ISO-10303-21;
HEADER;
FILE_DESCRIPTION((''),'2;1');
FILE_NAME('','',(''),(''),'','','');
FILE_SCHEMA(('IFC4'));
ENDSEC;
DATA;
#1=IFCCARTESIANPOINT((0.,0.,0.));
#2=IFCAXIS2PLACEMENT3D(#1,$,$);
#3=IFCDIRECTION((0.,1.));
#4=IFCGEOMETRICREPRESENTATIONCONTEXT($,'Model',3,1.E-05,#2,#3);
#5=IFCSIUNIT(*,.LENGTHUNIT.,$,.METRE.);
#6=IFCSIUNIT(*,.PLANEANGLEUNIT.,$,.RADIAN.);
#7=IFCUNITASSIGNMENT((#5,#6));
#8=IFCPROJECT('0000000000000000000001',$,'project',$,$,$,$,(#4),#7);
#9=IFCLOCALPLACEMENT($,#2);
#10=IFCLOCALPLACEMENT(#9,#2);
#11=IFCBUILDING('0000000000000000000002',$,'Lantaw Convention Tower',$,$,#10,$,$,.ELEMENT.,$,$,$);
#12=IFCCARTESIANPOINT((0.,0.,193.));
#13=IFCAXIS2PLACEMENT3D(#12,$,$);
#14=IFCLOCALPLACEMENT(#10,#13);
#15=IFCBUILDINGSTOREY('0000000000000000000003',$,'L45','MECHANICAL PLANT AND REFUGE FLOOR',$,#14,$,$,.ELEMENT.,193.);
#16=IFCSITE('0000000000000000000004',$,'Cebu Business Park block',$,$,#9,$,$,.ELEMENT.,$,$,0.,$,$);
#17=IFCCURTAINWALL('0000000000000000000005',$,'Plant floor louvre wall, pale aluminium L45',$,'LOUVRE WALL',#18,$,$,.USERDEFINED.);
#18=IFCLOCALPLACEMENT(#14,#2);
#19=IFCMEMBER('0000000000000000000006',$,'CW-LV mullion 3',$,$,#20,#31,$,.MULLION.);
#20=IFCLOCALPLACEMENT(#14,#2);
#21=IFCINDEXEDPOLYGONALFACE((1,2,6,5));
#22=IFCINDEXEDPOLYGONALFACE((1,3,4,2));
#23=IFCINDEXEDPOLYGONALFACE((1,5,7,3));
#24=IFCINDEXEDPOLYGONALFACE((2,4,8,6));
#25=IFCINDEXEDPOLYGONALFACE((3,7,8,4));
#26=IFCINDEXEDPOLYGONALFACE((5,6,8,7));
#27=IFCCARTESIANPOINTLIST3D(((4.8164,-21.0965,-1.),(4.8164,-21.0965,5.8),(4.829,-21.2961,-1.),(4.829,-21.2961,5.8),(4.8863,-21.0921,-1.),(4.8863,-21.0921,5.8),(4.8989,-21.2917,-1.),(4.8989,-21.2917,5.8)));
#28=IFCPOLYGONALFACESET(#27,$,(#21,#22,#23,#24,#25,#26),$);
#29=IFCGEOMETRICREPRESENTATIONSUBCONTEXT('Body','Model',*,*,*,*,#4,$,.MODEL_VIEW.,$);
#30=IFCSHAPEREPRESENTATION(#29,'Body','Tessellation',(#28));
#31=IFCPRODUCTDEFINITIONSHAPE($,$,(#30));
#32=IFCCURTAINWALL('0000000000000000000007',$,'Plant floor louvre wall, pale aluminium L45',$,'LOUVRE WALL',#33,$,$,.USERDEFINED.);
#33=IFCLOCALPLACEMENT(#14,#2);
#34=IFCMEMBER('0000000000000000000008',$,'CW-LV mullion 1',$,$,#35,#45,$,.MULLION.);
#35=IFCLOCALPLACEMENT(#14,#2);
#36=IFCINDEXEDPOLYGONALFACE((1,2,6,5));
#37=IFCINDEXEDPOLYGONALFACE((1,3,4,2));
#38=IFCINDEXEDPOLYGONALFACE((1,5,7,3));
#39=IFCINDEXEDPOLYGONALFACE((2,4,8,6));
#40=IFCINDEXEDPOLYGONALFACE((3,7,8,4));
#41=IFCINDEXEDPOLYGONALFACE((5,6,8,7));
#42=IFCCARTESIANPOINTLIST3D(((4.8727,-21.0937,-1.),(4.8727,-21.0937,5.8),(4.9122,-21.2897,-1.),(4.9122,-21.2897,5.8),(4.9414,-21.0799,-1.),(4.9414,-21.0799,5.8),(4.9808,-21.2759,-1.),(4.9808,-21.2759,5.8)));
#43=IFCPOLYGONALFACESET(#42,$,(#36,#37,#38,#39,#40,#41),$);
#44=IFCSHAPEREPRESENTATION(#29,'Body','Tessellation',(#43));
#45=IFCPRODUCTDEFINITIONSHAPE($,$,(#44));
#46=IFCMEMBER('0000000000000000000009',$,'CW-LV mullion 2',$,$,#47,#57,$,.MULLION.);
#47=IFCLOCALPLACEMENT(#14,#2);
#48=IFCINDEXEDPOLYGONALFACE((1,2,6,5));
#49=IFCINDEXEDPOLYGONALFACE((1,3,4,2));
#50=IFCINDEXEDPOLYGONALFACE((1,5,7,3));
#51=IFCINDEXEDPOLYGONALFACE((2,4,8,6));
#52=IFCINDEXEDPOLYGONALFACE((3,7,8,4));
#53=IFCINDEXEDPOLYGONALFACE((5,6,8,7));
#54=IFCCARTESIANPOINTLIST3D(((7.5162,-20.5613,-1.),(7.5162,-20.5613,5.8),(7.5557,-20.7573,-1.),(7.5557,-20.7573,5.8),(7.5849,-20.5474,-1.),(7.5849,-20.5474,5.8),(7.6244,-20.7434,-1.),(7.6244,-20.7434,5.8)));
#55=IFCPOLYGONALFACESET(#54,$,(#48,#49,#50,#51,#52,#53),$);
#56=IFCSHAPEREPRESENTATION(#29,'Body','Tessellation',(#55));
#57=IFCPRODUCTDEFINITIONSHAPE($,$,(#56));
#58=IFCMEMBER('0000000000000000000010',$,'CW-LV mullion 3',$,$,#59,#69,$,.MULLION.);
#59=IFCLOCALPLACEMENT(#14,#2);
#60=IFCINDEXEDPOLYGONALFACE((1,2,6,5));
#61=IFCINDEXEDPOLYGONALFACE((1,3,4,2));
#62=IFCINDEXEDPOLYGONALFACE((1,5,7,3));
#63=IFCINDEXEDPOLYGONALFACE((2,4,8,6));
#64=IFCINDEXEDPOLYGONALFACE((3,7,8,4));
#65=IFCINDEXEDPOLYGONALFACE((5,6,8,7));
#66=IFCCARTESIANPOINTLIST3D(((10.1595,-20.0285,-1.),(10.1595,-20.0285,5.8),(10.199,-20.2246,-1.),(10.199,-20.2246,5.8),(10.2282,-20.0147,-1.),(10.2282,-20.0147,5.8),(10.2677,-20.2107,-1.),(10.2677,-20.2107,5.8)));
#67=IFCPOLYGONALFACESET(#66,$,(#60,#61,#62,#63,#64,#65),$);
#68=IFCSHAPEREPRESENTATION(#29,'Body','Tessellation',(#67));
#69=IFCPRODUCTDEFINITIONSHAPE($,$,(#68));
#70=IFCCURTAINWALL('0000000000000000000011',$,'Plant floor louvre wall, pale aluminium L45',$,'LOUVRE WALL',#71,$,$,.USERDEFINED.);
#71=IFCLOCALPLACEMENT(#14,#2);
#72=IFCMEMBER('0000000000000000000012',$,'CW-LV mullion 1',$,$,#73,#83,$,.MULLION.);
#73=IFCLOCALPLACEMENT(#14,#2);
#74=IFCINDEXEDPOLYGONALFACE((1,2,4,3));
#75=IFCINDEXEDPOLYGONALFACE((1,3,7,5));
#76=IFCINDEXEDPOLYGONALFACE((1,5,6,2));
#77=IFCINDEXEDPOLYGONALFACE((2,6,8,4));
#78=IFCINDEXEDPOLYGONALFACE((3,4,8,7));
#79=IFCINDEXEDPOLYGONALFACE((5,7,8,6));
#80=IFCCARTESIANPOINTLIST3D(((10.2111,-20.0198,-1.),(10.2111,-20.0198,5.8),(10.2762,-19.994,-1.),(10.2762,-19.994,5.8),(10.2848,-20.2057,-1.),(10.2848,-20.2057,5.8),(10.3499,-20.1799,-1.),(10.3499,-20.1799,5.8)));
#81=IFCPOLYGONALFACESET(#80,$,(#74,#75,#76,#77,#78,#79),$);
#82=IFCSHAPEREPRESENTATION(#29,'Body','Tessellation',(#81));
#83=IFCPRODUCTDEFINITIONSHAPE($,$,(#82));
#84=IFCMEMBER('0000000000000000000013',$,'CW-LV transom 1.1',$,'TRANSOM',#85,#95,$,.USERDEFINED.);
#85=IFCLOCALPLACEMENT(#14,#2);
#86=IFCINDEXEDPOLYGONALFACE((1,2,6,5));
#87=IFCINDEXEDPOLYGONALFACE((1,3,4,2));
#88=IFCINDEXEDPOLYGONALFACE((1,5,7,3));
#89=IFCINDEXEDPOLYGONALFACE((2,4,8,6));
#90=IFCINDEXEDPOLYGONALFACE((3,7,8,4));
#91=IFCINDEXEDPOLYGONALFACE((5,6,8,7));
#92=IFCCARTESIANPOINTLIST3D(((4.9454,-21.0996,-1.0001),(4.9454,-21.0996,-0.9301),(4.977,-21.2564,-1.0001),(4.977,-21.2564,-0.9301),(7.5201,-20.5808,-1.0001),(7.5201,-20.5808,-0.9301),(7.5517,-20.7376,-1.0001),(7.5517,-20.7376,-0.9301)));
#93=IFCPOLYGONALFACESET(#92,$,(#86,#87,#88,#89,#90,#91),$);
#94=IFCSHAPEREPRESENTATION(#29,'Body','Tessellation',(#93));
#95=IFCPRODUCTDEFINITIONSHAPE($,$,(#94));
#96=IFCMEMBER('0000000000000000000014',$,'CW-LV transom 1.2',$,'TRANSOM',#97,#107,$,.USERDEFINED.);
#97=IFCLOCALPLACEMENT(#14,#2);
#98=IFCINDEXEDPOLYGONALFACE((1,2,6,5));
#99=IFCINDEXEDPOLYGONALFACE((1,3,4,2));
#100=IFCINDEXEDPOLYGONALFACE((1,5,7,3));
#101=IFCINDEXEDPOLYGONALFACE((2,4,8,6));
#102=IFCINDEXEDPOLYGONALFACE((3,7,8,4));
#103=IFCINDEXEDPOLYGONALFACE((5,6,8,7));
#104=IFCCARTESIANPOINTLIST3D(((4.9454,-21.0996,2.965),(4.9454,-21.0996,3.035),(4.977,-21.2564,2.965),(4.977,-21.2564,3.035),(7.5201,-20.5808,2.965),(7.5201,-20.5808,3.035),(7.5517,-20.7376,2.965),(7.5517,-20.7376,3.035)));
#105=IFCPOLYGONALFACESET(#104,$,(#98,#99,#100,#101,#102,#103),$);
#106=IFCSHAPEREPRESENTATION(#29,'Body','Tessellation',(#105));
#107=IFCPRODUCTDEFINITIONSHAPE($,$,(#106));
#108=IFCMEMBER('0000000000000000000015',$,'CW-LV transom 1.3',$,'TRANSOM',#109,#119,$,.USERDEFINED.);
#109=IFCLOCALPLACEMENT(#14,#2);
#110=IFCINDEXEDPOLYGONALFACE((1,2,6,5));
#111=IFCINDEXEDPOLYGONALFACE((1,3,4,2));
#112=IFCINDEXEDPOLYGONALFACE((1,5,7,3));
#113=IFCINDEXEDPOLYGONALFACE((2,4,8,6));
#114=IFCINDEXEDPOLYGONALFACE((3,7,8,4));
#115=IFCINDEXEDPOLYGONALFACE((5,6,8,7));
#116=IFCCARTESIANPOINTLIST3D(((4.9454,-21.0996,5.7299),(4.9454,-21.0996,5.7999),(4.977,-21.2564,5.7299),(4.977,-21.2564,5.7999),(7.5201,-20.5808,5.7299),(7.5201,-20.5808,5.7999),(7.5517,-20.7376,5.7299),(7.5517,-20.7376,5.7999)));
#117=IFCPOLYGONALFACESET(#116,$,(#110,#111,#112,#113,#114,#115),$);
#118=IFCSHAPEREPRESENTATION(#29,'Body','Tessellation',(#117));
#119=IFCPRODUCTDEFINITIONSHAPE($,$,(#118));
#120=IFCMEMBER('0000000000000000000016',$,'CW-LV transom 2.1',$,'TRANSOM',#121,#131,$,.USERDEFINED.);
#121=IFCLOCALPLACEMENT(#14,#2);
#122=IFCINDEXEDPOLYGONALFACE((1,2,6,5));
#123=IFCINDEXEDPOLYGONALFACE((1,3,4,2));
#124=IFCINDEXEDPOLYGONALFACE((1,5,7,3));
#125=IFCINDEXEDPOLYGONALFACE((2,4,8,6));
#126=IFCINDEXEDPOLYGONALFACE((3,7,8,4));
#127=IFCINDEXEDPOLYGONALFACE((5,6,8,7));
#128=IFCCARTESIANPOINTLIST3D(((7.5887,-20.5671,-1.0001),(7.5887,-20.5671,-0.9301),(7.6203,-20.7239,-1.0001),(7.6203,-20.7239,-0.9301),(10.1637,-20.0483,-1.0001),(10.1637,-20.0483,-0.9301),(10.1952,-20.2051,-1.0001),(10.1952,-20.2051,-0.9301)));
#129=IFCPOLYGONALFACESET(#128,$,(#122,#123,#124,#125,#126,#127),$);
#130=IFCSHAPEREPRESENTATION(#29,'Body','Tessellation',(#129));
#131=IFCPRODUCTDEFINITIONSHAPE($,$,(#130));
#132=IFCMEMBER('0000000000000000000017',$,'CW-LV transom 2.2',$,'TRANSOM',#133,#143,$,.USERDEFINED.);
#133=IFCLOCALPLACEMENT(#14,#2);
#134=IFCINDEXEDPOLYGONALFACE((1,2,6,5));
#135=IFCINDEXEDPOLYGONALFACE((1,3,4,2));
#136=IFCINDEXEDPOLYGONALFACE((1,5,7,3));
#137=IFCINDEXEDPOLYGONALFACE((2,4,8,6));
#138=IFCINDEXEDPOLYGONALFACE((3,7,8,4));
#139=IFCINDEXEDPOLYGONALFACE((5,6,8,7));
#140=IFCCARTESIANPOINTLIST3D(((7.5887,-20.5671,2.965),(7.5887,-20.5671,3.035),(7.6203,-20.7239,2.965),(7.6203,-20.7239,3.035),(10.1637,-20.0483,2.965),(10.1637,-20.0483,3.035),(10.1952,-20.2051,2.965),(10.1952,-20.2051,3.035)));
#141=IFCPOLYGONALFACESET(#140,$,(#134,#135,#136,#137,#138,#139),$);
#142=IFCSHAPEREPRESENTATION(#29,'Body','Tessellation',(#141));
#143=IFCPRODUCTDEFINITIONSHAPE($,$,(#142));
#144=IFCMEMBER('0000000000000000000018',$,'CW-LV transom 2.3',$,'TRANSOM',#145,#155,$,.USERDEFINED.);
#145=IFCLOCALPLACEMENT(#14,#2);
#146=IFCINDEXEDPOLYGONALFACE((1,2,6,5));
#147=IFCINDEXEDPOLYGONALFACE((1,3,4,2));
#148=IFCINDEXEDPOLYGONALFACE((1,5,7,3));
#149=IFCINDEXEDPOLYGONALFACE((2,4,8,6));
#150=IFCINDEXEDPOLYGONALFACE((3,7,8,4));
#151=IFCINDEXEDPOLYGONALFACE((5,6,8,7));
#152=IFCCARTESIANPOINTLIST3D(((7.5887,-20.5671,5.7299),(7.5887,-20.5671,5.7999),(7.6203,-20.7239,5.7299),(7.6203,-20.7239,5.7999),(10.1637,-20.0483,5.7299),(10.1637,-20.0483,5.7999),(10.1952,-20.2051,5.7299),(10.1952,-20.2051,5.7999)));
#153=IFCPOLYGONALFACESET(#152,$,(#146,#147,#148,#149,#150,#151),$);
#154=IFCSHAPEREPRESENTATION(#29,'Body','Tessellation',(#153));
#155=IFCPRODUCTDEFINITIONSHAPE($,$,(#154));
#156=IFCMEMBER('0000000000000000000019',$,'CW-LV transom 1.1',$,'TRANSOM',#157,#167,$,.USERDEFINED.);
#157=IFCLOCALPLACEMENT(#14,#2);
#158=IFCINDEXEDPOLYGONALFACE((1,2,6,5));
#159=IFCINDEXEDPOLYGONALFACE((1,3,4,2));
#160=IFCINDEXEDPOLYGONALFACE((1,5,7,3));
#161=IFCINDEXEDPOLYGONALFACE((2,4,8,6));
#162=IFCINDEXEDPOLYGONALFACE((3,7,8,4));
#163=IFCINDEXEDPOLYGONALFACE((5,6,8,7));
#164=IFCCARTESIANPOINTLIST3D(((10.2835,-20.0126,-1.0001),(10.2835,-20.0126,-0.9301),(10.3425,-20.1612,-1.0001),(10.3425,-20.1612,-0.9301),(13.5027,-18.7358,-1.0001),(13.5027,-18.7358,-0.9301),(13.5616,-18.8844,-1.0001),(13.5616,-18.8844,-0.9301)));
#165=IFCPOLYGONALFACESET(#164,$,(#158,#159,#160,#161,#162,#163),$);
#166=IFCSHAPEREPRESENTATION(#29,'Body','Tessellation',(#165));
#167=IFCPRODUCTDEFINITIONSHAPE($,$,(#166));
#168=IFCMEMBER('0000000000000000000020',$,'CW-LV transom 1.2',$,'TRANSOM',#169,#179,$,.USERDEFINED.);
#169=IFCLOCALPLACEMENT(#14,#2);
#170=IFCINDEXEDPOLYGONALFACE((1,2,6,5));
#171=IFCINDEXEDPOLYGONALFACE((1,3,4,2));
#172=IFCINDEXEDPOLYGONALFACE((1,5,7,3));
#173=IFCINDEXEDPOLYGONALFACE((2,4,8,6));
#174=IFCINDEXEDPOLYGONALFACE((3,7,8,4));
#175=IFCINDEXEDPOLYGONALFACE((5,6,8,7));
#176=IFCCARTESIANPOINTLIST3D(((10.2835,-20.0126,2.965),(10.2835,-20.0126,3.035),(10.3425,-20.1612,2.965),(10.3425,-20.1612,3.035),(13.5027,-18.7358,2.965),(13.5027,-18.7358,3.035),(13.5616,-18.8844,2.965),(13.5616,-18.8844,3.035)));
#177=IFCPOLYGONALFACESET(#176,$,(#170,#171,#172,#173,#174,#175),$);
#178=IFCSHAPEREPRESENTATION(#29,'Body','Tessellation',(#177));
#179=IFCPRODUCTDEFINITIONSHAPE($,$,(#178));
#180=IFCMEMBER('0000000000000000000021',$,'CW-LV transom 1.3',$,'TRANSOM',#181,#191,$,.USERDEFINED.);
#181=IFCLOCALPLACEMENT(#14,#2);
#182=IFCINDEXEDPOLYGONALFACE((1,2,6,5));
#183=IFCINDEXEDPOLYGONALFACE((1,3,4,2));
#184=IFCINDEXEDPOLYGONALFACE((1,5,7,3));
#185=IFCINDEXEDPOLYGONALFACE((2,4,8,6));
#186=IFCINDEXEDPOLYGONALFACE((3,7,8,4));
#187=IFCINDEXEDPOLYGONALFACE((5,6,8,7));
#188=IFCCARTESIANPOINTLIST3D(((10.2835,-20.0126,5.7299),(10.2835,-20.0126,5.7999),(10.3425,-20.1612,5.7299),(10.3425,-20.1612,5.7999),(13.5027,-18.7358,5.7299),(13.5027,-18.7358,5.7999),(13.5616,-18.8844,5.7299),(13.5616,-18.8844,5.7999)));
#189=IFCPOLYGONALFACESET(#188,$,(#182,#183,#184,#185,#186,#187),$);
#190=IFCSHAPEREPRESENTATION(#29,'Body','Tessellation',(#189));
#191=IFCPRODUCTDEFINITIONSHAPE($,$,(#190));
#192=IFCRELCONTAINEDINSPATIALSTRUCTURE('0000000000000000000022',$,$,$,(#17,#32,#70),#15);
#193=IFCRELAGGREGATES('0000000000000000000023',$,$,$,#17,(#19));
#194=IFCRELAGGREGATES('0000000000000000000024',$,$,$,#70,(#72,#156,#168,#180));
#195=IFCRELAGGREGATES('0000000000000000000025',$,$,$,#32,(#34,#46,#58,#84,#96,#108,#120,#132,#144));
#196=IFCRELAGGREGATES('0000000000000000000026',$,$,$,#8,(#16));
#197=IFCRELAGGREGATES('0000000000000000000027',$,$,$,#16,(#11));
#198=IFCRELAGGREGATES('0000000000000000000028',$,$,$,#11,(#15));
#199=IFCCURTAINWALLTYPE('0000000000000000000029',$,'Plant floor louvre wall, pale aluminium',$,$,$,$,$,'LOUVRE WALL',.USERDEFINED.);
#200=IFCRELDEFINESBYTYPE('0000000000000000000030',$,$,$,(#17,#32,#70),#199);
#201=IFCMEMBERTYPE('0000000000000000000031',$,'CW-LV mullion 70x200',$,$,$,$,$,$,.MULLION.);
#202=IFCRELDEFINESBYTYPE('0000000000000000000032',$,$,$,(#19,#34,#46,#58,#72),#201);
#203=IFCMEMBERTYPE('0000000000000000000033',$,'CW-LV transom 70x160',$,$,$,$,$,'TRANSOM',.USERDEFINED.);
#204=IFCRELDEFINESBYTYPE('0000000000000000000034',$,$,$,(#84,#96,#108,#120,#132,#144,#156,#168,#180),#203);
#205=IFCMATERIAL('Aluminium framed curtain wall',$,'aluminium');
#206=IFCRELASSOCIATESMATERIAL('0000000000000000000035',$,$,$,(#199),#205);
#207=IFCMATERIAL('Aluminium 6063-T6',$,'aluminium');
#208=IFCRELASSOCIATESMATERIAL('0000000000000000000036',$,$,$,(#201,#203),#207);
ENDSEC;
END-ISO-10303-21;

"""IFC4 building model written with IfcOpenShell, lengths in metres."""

from ifc_helpers import new_model, si_unit, direction, frame, origin, origin_2d, place, context, subcontext, project, spatial, rectangle, extrude, material, material_profile, profile_set, type_object, element, aggregate, save


model = new_model("IFC4")

# Units and contexts
model_context = context("Model", 3, precision=1e-05, world=origin(), true_north=direction((0.0, 1.0)))
body_context = subcontext(model_context, "Body", "Model", "MODEL_VIEW")
ifc_project = project(units=[si_unit("LENGTHUNIT", "METRE"), si_unit("PLANEANGLEUNIT", "RADIAN")], contexts=[model_context])

# Site, building, storey
site_placement = place(None, origin())
site = spatial("IfcSite", under=ifc_project, at=site_placement, Name="Cebu Business Park block", CompositionType="ELEMENT", RefElevation=0.0)
building_placement = place(site_placement, origin())
building = spatial("IfcBuilding", under=site, at=building_placement, Name="Lantaw Convention Tower", CompositionType="ELEMENT")
storey_placement = place(building_placement, frame((0.0, 0.0, 193.0)))
storey = spatial("IfcBuildingStorey", under=building, at=storey_placement, Name="L45", Description="MECHANICAL PLANT AND REFUGE FLOOR", CompositionType="ELEMENT", Elevation=193.0)

# Curtain wall, member
ifc_material_1 = material(Name="Aluminium framed curtain wall", Category="aluminium")
curtain_wall_type = type_object("IfcCurtainWallType", Name="Plant floor louvre wall, pale aluminium", ElementType="LOUVRE WALL", PredefinedType="USERDEFINED", material=ifc_material_1)
curtain_wall_1_placement = place(storey_placement, origin())
curtain_wall_1 = element("IfcCurtainWall", 1, at=curtain_wall_1_placement, inside=storey, type_object=curtain_wall_type, Name="Plant floor louvre wall, pale aluminium L45", ObjectType="LOUVRE WALL", PredefinedType="USERDEFINED")
ifc_material_2 = material(Name="Aluminium 6063-T6", Category="aluminium")
ifc_material_profile_1 = material_profile(ifc_material_2, rectangle(XDim=0.2, YDim=0.0701, at=origin_2d()), Name="CW-LV mullion 70x200")
ifc_profile_set_1 = profile_set([ifc_material_profile_1], Name="Aluminium 6063-T6")
member_type_1 = type_object("IfcMemberType", Name="CW-LV mullion 70x200", PredefinedType="MULLION", material=ifc_profile_set_1)
member_1_placement = place(storey_placement, frame((4.8577, -21.1941, -1.0), z_axis=(0.0, 0.0, 1.0), x_axis=(-0.062865, 0.998022, 0.0)))
member_1 = element("IfcMember", 2, at=member_1_placement, type_object=member_type_1, Name="CW-LV mullion 3", PredefinedType="MULLION", context=body_context, shape_type="SweptSolid", body=[
    extrude(rectangle(XDim=0.2, YDim=0.0701, at=origin_2d()), origin(), (0.0, 0.0, 1.0), 6.8),
])
aggregate(curtain_wall_1, [member_1])

# Curtain wall, members
curtain_wall_2_placement = place(storey_placement, origin())
curtain_wall_2 = element("IfcCurtainWall", 3, at=curtain_wall_2_placement, inside=storey, type_object=curtain_wall_type, Name="Plant floor louvre wall, pale aluminium L45", ObjectType="LOUVRE WALL", PredefinedType="USERDEFINED")
member_2_placement = place(storey_placement, frame((4.9268, -21.1848, -1.0), z_axis=(0.0, 0.0, 1.0), x_axis=(-0.197507, 0.980302, 0.0)))
member_2 = element("IfcMember", 4, at=member_2_placement, type_object=member_type_1, Name="CW-LV mullion 1", PredefinedType="MULLION", context=body_context, shape_type="SweptSolid", body=[
    extrude(rectangle(XDim=0.2, YDim=0.0701, at=origin_2d()), origin(), (0.0, 0.0, 1.0), 6.8),
])
member_3_placement = place(storey_placement, frame((7.5703, -20.6523, -1.0), z_axis=(0.0, 0.0, 1.0), x_axis=(-0.197507, 0.980302, 0.0)))
member_3 = element("IfcMember", 5, at=member_3_placement, type_object=member_type_1, Name="CW-LV mullion 2", PredefinedType="MULLION", context=body_context, shape_type="SweptSolid", body=[
    extrude(rectangle(XDim=0.2, YDim=0.0701, at=origin_2d()), origin(), (0.0, 0.0, 1.0), 6.8),
])
member_4_placement = place(storey_placement, frame((10.2136, -20.1196, -1.0), z_axis=(0.0, 0.0, 1.0), x_axis=(-0.197507, 0.980302, 0.0)))
member_4 = element("IfcMember", 6, at=member_4_placement, type_object=member_type_1, Name="CW-LV mullion 3", PredefinedType="MULLION", context=body_context, shape_type="SweptSolid", body=[
    extrude(rectangle(XDim=0.2, YDim=0.0701, at=origin_2d()), origin(), (0.0, 0.0, 1.0), 6.8),
])

# Curtain wall, member
curtain_wall_3_placement = place(storey_placement, origin())
curtain_wall_3 = element("IfcCurtainWall", 7, at=curtain_wall_3_placement, inside=storey, type_object=curtain_wall_type, Name="Plant floor louvre wall, pale aluminium L45", ObjectType="LOUVRE WALL", PredefinedType="USERDEFINED")
member_5_placement = place(storey_placement, frame((10.2805, -20.0999, -1.0), z_axis=(0.0, 0.0, 1.0), x_axis=(-0.368702, 0.929548, 0.0)))
member_5 = element("IfcMember", 8, at=member_5_placement, type_object=member_type_1, Name="CW-LV mullion 1", PredefinedType="MULLION", context=body_context, shape_type="SweptSolid", body=[
    extrude(rectangle(XDim=0.2, YDim=0.0701, at=origin_2d()), origin(), (0.0, 0.0, 1.0), 6.8),
])

# Members
ifc_material_profile_2 = material_profile(ifc_material_2, rectangle(XDim=0.1599, YDim=0.0701, at=origin_2d()), Name="CW-LV transom 70x160")
ifc_profile_set_2 = profile_set([ifc_material_profile_2], Name="Aluminium 6063-T6")
member_type_2 = type_object("IfcMemberType", Name="CW-LV transom 70x160", ElementType="TRANSOM", PredefinedType="USERDEFINED", material=ifc_profile_set_2)
member_6_placement = place(storey_placement, frame((4.9612, -21.178, -0.9651), z_axis=(0.980297, 0.197528, 0.0), x_axis=(-0.197528, 0.980297, 0.0)))
member_6 = element("IfcMember", 9, at=member_6_placement, type_object=member_type_2, Name="CW-LV transom 1.1", ObjectType="TRANSOM", PredefinedType="USERDEFINED", context=body_context, shape_type="SweptSolid", body=[
    extrude(rectangle(XDim=0.1599, YDim=0.0701, at=origin_2d()), origin(), (0.0, 0.0, 1.0), 2.6265),
])
member_7_placement = place(storey_placement, frame((4.9612, -21.178, 3.0), z_axis=(0.980297, 0.197528, 0.0), x_axis=(-0.197528, 0.980297, 0.0)))
member_7 = element("IfcMember", 10, at=member_7_placement, type_object=member_type_2, Name="CW-LV transom 1.2", ObjectType="TRANSOM", PredefinedType="USERDEFINED", context=body_context, shape_type="SweptSolid", body=[
    extrude(rectangle(XDim=0.1599, YDim=0.0701, at=origin_2d()), origin(), (0.0, 0.0, 1.0), 2.6265),
])
member_8_placement = place(storey_placement, frame((4.9612, -21.178, 5.7649), z_axis=(0.980297, 0.197528, 0.0), x_axis=(-0.197528, 0.980297, 0.0)))
member_8 = element("IfcMember", 11, at=member_8_placement, type_object=member_type_2, Name="CW-LV transom 1.3", ObjectType="TRANSOM", PredefinedType="USERDEFINED", context=body_context, shape_type="SweptSolid", body=[
    extrude(rectangle(XDim=0.1599, YDim=0.0701, at=origin_2d()), origin(), (0.0, 0.0, 1.0), 2.6265),
])
member_9_placement = place(storey_placement, frame((7.6045, -20.6455, -0.9651), z_axis=(0.980301, 0.19751, 0.0), x_axis=(-0.19751, 0.980301, 0.0)))
member_9 = element("IfcMember", 12, at=member_9_placement, type_object=member_type_2, Name="CW-LV transom 2.1", ObjectType="TRANSOM", PredefinedType="USERDEFINED", context=body_context, shape_type="SweptSolid", body=[
    extrude(rectangle(XDim=0.1599, YDim=0.0701, at=origin_2d()), origin(), (0.0, 0.0, 1.0), 2.6267),
])
member_10_placement = place(storey_placement, frame((7.6045, -20.6455, 3.0), z_axis=(0.980301, 0.19751, 0.0), x_axis=(-0.19751, 0.980301, 0.0)))
member_10 = element("IfcMember", 13, at=member_10_placement, type_object=member_type_2, Name="CW-LV transom 2.2", ObjectType="TRANSOM", PredefinedType="USERDEFINED", context=body_context, shape_type="SweptSolid", body=[
    extrude(rectangle(XDim=0.1599, YDim=0.0701, at=origin_2d()), origin(), (0.0, 0.0, 1.0), 2.6267),
])
member_11_placement = place(storey_placement, frame((7.6045, -20.6455, 5.7649), z_axis=(0.980301, 0.19751, 0.0), x_axis=(-0.19751, 0.980301, 0.0)))
member_11 = element("IfcMember", 14, at=member_11_placement, type_object=member_type_2, Name="CW-LV transom 2.3", ObjectType="TRANSOM", PredefinedType="USERDEFINED", context=body_context, shape_type="SweptSolid", body=[
    extrude(rectangle(XDim=0.1599, YDim=0.0701, at=origin_2d()), origin(), (0.0, 0.0, 1.0), 2.6267),
])
member_12_placement = place(storey_placement, frame((10.313, -20.0869, -0.9651), z_axis=(0.929552, 0.368691, 0.0), x_axis=(-0.368691, 0.929552, 0.0)))
member_12 = element("IfcMember", 15, at=member_12_placement, type_object=member_type_2, Name="CW-LV transom 1.1", ObjectType="TRANSOM", PredefinedType="USERDEFINED", context=body_context, shape_type="SweptSolid", body=[
    extrude(rectangle(XDim=0.1599, YDim=0.0701, at=origin_2d()), origin(), (0.0, 0.0, 1.0), 3.4631),
])
member_13_placement = place(storey_placement, frame((10.313, -20.0869, 3.0), z_axis=(0.929552, 0.368691, 0.0), x_axis=(-0.368691, 0.929552, 0.0)))
member_13 = element("IfcMember", 16, at=member_13_placement, type_object=member_type_2, Name="CW-LV transom 1.2", ObjectType="TRANSOM", PredefinedType="USERDEFINED", context=body_context, shape_type="SweptSolid", body=[
    extrude(rectangle(XDim=0.1599, YDim=0.0701, at=origin_2d()), origin(), (0.0, 0.0, 1.0), 3.4631),
])
member_14_placement = place(storey_placement, frame((10.313, -20.0869, 5.7649), z_axis=(0.929552, 0.368691, 0.0), x_axis=(-0.368691, 0.929552, 0.0)))
member_14 = element("IfcMember", 17, at=member_14_placement, type_object=member_type_2, Name="CW-LV transom 1.3", ObjectType="TRANSOM", PredefinedType="USERDEFINED", context=body_context, shape_type="SweptSolid", body=[
    extrude(rectangle(XDim=0.1599, YDim=0.0701, at=origin_2d()), origin(), (0.0, 0.0, 1.0), 3.4631),
])
aggregate(curtain_wall_3, [member_5, member_12, member_13, member_14])

aggregate(curtain_wall_2, [member_2, member_3, member_4, member_6, member_7, member_8, member_9, member_10, member_11])

save(model, "model.ifc")
